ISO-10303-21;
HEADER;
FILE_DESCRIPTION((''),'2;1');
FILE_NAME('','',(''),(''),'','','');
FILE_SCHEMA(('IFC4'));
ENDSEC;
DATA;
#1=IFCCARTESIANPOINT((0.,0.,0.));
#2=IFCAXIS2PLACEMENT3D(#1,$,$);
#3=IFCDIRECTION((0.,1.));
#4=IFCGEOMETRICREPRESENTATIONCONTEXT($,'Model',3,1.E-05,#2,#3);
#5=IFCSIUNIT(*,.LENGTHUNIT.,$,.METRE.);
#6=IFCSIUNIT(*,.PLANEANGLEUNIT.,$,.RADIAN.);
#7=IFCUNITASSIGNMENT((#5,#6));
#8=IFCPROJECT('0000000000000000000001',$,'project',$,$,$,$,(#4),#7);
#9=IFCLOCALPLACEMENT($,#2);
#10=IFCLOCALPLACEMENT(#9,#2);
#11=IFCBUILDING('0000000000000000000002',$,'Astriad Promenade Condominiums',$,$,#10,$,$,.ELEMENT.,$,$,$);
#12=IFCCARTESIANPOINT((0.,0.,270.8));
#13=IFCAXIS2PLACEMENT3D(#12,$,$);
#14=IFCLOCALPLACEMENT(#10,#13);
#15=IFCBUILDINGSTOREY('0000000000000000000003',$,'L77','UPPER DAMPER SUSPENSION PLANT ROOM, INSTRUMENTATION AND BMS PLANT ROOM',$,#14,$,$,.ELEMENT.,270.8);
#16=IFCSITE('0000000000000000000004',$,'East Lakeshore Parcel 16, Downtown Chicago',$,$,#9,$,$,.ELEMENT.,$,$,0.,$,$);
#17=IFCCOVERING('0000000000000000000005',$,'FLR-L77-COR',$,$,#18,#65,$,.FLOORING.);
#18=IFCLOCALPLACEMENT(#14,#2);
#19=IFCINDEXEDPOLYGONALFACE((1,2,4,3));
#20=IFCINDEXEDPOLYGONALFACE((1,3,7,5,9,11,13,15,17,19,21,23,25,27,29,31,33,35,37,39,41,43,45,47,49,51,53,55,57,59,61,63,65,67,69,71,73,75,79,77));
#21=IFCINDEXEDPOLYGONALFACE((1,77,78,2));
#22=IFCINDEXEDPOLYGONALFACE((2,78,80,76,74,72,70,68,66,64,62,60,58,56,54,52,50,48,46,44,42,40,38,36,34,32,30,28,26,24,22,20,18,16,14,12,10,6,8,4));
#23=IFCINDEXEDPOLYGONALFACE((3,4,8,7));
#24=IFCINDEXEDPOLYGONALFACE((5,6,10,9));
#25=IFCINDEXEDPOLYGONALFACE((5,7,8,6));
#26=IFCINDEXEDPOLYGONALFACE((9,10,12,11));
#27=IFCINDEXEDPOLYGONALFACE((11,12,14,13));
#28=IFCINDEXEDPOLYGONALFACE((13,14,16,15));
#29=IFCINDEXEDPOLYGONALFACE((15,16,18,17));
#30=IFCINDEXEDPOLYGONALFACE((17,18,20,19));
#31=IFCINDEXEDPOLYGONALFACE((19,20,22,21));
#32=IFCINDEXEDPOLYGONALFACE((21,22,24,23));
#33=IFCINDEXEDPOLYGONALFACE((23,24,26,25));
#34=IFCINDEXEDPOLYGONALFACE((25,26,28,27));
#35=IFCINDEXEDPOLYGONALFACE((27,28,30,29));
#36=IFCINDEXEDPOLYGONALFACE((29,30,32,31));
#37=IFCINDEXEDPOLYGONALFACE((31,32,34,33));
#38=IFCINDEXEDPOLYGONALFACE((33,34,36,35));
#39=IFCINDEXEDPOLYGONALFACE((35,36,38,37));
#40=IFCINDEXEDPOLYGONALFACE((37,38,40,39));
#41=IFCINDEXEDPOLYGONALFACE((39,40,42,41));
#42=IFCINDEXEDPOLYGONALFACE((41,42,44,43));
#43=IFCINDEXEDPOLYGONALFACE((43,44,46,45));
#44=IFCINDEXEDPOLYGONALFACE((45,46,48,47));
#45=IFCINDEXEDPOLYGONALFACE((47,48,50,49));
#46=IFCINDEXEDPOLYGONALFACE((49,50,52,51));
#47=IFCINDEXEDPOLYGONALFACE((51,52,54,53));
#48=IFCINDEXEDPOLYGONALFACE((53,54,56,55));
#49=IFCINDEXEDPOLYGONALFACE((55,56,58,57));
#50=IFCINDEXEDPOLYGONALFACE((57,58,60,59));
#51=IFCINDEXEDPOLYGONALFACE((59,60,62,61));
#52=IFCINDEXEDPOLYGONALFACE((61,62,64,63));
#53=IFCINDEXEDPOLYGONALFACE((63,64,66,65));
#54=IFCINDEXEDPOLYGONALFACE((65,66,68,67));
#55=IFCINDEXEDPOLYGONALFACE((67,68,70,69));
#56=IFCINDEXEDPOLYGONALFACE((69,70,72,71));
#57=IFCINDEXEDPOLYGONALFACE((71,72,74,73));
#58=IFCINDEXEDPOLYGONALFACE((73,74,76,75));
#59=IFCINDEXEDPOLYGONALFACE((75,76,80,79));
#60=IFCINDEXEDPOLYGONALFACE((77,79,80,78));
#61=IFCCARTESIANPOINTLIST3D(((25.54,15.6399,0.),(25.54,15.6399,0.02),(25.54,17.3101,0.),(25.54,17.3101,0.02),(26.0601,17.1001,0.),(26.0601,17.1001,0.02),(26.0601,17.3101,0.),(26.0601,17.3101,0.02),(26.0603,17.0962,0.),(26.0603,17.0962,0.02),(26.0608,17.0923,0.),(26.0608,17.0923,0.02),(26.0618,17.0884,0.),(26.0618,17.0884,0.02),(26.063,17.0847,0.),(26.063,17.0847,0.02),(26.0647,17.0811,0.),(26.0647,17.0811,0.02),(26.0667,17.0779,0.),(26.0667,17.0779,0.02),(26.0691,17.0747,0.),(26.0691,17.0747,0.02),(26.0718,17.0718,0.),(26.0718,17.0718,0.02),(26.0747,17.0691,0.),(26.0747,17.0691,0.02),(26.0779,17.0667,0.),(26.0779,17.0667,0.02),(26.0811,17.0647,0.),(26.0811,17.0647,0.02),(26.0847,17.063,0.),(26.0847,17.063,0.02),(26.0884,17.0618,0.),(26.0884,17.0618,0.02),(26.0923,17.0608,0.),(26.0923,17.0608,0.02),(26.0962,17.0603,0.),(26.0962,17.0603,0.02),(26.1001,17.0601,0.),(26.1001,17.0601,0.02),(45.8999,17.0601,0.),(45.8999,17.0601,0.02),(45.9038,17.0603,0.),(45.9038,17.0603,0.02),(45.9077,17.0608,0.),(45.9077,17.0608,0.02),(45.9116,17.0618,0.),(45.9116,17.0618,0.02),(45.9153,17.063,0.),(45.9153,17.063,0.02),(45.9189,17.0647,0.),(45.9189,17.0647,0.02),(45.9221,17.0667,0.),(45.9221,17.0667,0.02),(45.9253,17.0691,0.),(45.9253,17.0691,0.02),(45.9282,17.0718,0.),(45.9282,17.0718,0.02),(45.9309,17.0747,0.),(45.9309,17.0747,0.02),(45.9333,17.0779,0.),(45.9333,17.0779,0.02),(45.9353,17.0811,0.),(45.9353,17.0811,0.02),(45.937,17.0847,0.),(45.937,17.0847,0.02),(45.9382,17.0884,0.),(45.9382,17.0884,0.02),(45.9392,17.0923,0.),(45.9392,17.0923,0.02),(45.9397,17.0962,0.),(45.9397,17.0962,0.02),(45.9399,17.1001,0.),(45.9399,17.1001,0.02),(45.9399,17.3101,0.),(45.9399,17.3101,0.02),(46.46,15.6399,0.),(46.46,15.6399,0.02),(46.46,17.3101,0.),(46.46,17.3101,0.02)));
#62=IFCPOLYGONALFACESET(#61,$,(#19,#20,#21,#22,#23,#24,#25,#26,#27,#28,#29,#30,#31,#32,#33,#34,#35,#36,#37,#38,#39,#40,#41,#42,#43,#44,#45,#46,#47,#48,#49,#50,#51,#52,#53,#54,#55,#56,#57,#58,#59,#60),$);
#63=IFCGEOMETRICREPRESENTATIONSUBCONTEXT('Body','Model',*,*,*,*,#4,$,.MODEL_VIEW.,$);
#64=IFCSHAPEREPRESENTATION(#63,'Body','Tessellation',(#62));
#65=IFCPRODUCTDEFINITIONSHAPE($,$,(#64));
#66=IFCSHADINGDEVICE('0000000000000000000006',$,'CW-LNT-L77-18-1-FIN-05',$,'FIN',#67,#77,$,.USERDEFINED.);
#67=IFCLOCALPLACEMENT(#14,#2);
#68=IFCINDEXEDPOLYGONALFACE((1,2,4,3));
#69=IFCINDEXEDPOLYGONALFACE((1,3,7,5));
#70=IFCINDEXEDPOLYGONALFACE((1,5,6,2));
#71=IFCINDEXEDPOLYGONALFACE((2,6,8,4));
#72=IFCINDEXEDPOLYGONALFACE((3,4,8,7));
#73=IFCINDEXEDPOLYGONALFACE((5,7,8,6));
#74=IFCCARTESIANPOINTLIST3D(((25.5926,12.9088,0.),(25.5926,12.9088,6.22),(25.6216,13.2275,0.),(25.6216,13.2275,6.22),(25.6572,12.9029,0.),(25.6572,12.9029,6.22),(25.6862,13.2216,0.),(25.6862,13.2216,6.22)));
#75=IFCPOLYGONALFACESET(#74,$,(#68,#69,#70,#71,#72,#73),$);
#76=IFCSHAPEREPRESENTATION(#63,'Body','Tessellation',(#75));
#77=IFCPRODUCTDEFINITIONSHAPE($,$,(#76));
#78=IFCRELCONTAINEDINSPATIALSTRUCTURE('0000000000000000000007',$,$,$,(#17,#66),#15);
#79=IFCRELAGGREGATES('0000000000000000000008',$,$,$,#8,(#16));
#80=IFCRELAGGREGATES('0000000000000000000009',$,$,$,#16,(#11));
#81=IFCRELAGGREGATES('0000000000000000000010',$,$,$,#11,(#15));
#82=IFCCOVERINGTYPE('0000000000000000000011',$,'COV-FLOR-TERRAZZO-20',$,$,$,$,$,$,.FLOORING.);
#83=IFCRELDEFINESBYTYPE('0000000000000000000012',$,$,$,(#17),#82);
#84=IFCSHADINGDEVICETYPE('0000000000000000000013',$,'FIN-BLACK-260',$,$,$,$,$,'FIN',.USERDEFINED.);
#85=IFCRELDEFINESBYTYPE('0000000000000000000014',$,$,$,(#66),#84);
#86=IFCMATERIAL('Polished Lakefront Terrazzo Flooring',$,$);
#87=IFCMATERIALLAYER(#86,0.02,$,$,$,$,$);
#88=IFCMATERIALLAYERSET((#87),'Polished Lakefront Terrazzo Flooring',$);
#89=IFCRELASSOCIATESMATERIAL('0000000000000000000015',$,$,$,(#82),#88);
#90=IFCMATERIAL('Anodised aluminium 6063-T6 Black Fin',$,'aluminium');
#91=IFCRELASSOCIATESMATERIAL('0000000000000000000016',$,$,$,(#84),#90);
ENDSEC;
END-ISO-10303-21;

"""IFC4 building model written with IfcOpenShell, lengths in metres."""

from ifc_helpers import new_model, si_unit, direction, frame, origin, origin_2d, place, context, subcontext, project, spatial, polyline, rectangle, outline, extrude, source, transform, mapped, material, layer, layer_set, type_object, type_shapes, element, save


model = new_model("IFC4")

# Units and contexts
model_context = context("Model", 3, precision=1e-05, world=origin(), true_north=direction((0.0, 1.0)))
body_context = subcontext(model_context, "Body", "Model", "MODEL_VIEW")
ifc_project = project(units=[si_unit("LENGTHUNIT", "METRE"), si_unit("PLANEANGLEUNIT", "RADIAN")], contexts=[model_context])

# Site, building, storey
site_placement = place(None, origin())
site = spatial("IfcSite", under=ifc_project, at=site_placement, Name="East Lakeshore Parcel 16, Downtown Chicago", CompositionType="ELEMENT", RefElevation=0.0)
building_placement = place(site_placement, origin())
building = spatial("IfcBuilding", under=site, at=building_placement, Name="Astriad Promenade Condominiums", CompositionType="ELEMENT")
storey_placement = place(building_placement, frame((0.0, 0.0, 270.8)))
storey = spatial("IfcBuildingStorey", under=building, at=storey_placement, Name="L77", Description="UPPER DAMPER SUSPENSION PLANT ROOM, INSTRUMENTATION AND BMS PLANT ROOM", CompositionType="ELEMENT", Elevation=270.8)

# Covering
ifc_material_1 = material(Name="Polished Lakefront Terrazzo Flooring")
ifc_layer_1 = layer(ifc_material_1, 0.02)
ifc_layer_set_1 = layer_set([ifc_layer_1], Name="Polished Lakefront Terrazzo Flooring")
covering_type_1 = type_object("IfcCoveringType", Name="COV-FLOR-TERRAZZO-20", PredefinedType="FLOORING", material=ifc_layer_set_1)
covering_1_placement = place(storey_placement, origin())
element("IfcCovering", 1, at=covering_1_placement, inside=storey, type_object=covering_type_1, Name="FLR-L77-COR", PredefinedType="FLOORING", context=body_context, shape_type="SweptSolid", body=[
    extrude(outline(polyline([(26.0601, 17.3101), (26.0601, 17.1001), (26.0603, 17.0962), (26.0608, 17.0923), (26.0618, 17.0884), (26.063, 17.0847), (26.0647, 17.0811), (26.0667, 17.0779), (26.0691, 17.0747), (26.0718, 17.0718), (26.0747, 17.0691), (26.0779, 17.0667), (26.0811, 17.0647), (26.0847, 17.063), (26.0884, 17.0618), (26.0923, 17.0608), (26.0962, 17.0603), (26.1001, 17.0601), (45.8999, 17.0601), (45.9038, 17.0603), (45.9077, 17.0608), (45.9116, 17.0618), (45.9153, 17.063), (45.9189, 17.0647), (45.9221, 17.0667), (45.9253, 17.0691), (45.9282, 17.0718), (45.9309, 17.0747), (45.9333, 17.0779), (45.9353, 17.0811), (45.937, 17.0847), (45.9382, 17.0884), (45.9392, 17.0923), (45.9397, 17.0962), (45.9399, 17.1001), (45.9399, 17.3101), (46.46, 17.3101), (46.46, 15.6399), (25.54, 15.6399), (25.54, 17.3101), (26.0601, 17.3101)])), origin(), (0.0, 0.0, 1.0), 0.02),
])

# Shading device
ifc_material_2 = material(Name="Anodised aluminium 6063-T6 Black Fin", Category="aluminium")
shading_device_type = type_object("IfcShadingDeviceType", Name="FIN-BLACK-260", ElementType="FIN", PredefinedType="USERDEFINED", material=ifc_material_2)
shared_shape_1 = source(origin(), body_context, "Body", "SweptSolid", [
    extrude(rectangle(XDim=0.0649, YDim=0.3201, at=origin_2d()), origin(), (0.0, 0.0, 1.0), 6.22),
])
type_shapes(shading_device_type, [shared_shape_1])
shading_device_placement = place(storey_placement, frame((25.6394, 13.0652, 0.0), z_axis=(0.0, 0.0, 1.0), x_axis=(-0.995884, 0.090633, 0.0)))
element("IfcShadingDevice", 2, at=shading_device_placement, inside=storey, type_object=shading_device_type, Name="CW-LNT-L77-18-1-FIN-05", ObjectType="FIN", PredefinedType="USERDEFINED", context=body_context, shape_type="MappedRepresentation", body=[
    mapped(shared_shape_1, transform((0.0, 0.0, 0.0), scale=1.0)),
])

save(model, "model.ifc")
